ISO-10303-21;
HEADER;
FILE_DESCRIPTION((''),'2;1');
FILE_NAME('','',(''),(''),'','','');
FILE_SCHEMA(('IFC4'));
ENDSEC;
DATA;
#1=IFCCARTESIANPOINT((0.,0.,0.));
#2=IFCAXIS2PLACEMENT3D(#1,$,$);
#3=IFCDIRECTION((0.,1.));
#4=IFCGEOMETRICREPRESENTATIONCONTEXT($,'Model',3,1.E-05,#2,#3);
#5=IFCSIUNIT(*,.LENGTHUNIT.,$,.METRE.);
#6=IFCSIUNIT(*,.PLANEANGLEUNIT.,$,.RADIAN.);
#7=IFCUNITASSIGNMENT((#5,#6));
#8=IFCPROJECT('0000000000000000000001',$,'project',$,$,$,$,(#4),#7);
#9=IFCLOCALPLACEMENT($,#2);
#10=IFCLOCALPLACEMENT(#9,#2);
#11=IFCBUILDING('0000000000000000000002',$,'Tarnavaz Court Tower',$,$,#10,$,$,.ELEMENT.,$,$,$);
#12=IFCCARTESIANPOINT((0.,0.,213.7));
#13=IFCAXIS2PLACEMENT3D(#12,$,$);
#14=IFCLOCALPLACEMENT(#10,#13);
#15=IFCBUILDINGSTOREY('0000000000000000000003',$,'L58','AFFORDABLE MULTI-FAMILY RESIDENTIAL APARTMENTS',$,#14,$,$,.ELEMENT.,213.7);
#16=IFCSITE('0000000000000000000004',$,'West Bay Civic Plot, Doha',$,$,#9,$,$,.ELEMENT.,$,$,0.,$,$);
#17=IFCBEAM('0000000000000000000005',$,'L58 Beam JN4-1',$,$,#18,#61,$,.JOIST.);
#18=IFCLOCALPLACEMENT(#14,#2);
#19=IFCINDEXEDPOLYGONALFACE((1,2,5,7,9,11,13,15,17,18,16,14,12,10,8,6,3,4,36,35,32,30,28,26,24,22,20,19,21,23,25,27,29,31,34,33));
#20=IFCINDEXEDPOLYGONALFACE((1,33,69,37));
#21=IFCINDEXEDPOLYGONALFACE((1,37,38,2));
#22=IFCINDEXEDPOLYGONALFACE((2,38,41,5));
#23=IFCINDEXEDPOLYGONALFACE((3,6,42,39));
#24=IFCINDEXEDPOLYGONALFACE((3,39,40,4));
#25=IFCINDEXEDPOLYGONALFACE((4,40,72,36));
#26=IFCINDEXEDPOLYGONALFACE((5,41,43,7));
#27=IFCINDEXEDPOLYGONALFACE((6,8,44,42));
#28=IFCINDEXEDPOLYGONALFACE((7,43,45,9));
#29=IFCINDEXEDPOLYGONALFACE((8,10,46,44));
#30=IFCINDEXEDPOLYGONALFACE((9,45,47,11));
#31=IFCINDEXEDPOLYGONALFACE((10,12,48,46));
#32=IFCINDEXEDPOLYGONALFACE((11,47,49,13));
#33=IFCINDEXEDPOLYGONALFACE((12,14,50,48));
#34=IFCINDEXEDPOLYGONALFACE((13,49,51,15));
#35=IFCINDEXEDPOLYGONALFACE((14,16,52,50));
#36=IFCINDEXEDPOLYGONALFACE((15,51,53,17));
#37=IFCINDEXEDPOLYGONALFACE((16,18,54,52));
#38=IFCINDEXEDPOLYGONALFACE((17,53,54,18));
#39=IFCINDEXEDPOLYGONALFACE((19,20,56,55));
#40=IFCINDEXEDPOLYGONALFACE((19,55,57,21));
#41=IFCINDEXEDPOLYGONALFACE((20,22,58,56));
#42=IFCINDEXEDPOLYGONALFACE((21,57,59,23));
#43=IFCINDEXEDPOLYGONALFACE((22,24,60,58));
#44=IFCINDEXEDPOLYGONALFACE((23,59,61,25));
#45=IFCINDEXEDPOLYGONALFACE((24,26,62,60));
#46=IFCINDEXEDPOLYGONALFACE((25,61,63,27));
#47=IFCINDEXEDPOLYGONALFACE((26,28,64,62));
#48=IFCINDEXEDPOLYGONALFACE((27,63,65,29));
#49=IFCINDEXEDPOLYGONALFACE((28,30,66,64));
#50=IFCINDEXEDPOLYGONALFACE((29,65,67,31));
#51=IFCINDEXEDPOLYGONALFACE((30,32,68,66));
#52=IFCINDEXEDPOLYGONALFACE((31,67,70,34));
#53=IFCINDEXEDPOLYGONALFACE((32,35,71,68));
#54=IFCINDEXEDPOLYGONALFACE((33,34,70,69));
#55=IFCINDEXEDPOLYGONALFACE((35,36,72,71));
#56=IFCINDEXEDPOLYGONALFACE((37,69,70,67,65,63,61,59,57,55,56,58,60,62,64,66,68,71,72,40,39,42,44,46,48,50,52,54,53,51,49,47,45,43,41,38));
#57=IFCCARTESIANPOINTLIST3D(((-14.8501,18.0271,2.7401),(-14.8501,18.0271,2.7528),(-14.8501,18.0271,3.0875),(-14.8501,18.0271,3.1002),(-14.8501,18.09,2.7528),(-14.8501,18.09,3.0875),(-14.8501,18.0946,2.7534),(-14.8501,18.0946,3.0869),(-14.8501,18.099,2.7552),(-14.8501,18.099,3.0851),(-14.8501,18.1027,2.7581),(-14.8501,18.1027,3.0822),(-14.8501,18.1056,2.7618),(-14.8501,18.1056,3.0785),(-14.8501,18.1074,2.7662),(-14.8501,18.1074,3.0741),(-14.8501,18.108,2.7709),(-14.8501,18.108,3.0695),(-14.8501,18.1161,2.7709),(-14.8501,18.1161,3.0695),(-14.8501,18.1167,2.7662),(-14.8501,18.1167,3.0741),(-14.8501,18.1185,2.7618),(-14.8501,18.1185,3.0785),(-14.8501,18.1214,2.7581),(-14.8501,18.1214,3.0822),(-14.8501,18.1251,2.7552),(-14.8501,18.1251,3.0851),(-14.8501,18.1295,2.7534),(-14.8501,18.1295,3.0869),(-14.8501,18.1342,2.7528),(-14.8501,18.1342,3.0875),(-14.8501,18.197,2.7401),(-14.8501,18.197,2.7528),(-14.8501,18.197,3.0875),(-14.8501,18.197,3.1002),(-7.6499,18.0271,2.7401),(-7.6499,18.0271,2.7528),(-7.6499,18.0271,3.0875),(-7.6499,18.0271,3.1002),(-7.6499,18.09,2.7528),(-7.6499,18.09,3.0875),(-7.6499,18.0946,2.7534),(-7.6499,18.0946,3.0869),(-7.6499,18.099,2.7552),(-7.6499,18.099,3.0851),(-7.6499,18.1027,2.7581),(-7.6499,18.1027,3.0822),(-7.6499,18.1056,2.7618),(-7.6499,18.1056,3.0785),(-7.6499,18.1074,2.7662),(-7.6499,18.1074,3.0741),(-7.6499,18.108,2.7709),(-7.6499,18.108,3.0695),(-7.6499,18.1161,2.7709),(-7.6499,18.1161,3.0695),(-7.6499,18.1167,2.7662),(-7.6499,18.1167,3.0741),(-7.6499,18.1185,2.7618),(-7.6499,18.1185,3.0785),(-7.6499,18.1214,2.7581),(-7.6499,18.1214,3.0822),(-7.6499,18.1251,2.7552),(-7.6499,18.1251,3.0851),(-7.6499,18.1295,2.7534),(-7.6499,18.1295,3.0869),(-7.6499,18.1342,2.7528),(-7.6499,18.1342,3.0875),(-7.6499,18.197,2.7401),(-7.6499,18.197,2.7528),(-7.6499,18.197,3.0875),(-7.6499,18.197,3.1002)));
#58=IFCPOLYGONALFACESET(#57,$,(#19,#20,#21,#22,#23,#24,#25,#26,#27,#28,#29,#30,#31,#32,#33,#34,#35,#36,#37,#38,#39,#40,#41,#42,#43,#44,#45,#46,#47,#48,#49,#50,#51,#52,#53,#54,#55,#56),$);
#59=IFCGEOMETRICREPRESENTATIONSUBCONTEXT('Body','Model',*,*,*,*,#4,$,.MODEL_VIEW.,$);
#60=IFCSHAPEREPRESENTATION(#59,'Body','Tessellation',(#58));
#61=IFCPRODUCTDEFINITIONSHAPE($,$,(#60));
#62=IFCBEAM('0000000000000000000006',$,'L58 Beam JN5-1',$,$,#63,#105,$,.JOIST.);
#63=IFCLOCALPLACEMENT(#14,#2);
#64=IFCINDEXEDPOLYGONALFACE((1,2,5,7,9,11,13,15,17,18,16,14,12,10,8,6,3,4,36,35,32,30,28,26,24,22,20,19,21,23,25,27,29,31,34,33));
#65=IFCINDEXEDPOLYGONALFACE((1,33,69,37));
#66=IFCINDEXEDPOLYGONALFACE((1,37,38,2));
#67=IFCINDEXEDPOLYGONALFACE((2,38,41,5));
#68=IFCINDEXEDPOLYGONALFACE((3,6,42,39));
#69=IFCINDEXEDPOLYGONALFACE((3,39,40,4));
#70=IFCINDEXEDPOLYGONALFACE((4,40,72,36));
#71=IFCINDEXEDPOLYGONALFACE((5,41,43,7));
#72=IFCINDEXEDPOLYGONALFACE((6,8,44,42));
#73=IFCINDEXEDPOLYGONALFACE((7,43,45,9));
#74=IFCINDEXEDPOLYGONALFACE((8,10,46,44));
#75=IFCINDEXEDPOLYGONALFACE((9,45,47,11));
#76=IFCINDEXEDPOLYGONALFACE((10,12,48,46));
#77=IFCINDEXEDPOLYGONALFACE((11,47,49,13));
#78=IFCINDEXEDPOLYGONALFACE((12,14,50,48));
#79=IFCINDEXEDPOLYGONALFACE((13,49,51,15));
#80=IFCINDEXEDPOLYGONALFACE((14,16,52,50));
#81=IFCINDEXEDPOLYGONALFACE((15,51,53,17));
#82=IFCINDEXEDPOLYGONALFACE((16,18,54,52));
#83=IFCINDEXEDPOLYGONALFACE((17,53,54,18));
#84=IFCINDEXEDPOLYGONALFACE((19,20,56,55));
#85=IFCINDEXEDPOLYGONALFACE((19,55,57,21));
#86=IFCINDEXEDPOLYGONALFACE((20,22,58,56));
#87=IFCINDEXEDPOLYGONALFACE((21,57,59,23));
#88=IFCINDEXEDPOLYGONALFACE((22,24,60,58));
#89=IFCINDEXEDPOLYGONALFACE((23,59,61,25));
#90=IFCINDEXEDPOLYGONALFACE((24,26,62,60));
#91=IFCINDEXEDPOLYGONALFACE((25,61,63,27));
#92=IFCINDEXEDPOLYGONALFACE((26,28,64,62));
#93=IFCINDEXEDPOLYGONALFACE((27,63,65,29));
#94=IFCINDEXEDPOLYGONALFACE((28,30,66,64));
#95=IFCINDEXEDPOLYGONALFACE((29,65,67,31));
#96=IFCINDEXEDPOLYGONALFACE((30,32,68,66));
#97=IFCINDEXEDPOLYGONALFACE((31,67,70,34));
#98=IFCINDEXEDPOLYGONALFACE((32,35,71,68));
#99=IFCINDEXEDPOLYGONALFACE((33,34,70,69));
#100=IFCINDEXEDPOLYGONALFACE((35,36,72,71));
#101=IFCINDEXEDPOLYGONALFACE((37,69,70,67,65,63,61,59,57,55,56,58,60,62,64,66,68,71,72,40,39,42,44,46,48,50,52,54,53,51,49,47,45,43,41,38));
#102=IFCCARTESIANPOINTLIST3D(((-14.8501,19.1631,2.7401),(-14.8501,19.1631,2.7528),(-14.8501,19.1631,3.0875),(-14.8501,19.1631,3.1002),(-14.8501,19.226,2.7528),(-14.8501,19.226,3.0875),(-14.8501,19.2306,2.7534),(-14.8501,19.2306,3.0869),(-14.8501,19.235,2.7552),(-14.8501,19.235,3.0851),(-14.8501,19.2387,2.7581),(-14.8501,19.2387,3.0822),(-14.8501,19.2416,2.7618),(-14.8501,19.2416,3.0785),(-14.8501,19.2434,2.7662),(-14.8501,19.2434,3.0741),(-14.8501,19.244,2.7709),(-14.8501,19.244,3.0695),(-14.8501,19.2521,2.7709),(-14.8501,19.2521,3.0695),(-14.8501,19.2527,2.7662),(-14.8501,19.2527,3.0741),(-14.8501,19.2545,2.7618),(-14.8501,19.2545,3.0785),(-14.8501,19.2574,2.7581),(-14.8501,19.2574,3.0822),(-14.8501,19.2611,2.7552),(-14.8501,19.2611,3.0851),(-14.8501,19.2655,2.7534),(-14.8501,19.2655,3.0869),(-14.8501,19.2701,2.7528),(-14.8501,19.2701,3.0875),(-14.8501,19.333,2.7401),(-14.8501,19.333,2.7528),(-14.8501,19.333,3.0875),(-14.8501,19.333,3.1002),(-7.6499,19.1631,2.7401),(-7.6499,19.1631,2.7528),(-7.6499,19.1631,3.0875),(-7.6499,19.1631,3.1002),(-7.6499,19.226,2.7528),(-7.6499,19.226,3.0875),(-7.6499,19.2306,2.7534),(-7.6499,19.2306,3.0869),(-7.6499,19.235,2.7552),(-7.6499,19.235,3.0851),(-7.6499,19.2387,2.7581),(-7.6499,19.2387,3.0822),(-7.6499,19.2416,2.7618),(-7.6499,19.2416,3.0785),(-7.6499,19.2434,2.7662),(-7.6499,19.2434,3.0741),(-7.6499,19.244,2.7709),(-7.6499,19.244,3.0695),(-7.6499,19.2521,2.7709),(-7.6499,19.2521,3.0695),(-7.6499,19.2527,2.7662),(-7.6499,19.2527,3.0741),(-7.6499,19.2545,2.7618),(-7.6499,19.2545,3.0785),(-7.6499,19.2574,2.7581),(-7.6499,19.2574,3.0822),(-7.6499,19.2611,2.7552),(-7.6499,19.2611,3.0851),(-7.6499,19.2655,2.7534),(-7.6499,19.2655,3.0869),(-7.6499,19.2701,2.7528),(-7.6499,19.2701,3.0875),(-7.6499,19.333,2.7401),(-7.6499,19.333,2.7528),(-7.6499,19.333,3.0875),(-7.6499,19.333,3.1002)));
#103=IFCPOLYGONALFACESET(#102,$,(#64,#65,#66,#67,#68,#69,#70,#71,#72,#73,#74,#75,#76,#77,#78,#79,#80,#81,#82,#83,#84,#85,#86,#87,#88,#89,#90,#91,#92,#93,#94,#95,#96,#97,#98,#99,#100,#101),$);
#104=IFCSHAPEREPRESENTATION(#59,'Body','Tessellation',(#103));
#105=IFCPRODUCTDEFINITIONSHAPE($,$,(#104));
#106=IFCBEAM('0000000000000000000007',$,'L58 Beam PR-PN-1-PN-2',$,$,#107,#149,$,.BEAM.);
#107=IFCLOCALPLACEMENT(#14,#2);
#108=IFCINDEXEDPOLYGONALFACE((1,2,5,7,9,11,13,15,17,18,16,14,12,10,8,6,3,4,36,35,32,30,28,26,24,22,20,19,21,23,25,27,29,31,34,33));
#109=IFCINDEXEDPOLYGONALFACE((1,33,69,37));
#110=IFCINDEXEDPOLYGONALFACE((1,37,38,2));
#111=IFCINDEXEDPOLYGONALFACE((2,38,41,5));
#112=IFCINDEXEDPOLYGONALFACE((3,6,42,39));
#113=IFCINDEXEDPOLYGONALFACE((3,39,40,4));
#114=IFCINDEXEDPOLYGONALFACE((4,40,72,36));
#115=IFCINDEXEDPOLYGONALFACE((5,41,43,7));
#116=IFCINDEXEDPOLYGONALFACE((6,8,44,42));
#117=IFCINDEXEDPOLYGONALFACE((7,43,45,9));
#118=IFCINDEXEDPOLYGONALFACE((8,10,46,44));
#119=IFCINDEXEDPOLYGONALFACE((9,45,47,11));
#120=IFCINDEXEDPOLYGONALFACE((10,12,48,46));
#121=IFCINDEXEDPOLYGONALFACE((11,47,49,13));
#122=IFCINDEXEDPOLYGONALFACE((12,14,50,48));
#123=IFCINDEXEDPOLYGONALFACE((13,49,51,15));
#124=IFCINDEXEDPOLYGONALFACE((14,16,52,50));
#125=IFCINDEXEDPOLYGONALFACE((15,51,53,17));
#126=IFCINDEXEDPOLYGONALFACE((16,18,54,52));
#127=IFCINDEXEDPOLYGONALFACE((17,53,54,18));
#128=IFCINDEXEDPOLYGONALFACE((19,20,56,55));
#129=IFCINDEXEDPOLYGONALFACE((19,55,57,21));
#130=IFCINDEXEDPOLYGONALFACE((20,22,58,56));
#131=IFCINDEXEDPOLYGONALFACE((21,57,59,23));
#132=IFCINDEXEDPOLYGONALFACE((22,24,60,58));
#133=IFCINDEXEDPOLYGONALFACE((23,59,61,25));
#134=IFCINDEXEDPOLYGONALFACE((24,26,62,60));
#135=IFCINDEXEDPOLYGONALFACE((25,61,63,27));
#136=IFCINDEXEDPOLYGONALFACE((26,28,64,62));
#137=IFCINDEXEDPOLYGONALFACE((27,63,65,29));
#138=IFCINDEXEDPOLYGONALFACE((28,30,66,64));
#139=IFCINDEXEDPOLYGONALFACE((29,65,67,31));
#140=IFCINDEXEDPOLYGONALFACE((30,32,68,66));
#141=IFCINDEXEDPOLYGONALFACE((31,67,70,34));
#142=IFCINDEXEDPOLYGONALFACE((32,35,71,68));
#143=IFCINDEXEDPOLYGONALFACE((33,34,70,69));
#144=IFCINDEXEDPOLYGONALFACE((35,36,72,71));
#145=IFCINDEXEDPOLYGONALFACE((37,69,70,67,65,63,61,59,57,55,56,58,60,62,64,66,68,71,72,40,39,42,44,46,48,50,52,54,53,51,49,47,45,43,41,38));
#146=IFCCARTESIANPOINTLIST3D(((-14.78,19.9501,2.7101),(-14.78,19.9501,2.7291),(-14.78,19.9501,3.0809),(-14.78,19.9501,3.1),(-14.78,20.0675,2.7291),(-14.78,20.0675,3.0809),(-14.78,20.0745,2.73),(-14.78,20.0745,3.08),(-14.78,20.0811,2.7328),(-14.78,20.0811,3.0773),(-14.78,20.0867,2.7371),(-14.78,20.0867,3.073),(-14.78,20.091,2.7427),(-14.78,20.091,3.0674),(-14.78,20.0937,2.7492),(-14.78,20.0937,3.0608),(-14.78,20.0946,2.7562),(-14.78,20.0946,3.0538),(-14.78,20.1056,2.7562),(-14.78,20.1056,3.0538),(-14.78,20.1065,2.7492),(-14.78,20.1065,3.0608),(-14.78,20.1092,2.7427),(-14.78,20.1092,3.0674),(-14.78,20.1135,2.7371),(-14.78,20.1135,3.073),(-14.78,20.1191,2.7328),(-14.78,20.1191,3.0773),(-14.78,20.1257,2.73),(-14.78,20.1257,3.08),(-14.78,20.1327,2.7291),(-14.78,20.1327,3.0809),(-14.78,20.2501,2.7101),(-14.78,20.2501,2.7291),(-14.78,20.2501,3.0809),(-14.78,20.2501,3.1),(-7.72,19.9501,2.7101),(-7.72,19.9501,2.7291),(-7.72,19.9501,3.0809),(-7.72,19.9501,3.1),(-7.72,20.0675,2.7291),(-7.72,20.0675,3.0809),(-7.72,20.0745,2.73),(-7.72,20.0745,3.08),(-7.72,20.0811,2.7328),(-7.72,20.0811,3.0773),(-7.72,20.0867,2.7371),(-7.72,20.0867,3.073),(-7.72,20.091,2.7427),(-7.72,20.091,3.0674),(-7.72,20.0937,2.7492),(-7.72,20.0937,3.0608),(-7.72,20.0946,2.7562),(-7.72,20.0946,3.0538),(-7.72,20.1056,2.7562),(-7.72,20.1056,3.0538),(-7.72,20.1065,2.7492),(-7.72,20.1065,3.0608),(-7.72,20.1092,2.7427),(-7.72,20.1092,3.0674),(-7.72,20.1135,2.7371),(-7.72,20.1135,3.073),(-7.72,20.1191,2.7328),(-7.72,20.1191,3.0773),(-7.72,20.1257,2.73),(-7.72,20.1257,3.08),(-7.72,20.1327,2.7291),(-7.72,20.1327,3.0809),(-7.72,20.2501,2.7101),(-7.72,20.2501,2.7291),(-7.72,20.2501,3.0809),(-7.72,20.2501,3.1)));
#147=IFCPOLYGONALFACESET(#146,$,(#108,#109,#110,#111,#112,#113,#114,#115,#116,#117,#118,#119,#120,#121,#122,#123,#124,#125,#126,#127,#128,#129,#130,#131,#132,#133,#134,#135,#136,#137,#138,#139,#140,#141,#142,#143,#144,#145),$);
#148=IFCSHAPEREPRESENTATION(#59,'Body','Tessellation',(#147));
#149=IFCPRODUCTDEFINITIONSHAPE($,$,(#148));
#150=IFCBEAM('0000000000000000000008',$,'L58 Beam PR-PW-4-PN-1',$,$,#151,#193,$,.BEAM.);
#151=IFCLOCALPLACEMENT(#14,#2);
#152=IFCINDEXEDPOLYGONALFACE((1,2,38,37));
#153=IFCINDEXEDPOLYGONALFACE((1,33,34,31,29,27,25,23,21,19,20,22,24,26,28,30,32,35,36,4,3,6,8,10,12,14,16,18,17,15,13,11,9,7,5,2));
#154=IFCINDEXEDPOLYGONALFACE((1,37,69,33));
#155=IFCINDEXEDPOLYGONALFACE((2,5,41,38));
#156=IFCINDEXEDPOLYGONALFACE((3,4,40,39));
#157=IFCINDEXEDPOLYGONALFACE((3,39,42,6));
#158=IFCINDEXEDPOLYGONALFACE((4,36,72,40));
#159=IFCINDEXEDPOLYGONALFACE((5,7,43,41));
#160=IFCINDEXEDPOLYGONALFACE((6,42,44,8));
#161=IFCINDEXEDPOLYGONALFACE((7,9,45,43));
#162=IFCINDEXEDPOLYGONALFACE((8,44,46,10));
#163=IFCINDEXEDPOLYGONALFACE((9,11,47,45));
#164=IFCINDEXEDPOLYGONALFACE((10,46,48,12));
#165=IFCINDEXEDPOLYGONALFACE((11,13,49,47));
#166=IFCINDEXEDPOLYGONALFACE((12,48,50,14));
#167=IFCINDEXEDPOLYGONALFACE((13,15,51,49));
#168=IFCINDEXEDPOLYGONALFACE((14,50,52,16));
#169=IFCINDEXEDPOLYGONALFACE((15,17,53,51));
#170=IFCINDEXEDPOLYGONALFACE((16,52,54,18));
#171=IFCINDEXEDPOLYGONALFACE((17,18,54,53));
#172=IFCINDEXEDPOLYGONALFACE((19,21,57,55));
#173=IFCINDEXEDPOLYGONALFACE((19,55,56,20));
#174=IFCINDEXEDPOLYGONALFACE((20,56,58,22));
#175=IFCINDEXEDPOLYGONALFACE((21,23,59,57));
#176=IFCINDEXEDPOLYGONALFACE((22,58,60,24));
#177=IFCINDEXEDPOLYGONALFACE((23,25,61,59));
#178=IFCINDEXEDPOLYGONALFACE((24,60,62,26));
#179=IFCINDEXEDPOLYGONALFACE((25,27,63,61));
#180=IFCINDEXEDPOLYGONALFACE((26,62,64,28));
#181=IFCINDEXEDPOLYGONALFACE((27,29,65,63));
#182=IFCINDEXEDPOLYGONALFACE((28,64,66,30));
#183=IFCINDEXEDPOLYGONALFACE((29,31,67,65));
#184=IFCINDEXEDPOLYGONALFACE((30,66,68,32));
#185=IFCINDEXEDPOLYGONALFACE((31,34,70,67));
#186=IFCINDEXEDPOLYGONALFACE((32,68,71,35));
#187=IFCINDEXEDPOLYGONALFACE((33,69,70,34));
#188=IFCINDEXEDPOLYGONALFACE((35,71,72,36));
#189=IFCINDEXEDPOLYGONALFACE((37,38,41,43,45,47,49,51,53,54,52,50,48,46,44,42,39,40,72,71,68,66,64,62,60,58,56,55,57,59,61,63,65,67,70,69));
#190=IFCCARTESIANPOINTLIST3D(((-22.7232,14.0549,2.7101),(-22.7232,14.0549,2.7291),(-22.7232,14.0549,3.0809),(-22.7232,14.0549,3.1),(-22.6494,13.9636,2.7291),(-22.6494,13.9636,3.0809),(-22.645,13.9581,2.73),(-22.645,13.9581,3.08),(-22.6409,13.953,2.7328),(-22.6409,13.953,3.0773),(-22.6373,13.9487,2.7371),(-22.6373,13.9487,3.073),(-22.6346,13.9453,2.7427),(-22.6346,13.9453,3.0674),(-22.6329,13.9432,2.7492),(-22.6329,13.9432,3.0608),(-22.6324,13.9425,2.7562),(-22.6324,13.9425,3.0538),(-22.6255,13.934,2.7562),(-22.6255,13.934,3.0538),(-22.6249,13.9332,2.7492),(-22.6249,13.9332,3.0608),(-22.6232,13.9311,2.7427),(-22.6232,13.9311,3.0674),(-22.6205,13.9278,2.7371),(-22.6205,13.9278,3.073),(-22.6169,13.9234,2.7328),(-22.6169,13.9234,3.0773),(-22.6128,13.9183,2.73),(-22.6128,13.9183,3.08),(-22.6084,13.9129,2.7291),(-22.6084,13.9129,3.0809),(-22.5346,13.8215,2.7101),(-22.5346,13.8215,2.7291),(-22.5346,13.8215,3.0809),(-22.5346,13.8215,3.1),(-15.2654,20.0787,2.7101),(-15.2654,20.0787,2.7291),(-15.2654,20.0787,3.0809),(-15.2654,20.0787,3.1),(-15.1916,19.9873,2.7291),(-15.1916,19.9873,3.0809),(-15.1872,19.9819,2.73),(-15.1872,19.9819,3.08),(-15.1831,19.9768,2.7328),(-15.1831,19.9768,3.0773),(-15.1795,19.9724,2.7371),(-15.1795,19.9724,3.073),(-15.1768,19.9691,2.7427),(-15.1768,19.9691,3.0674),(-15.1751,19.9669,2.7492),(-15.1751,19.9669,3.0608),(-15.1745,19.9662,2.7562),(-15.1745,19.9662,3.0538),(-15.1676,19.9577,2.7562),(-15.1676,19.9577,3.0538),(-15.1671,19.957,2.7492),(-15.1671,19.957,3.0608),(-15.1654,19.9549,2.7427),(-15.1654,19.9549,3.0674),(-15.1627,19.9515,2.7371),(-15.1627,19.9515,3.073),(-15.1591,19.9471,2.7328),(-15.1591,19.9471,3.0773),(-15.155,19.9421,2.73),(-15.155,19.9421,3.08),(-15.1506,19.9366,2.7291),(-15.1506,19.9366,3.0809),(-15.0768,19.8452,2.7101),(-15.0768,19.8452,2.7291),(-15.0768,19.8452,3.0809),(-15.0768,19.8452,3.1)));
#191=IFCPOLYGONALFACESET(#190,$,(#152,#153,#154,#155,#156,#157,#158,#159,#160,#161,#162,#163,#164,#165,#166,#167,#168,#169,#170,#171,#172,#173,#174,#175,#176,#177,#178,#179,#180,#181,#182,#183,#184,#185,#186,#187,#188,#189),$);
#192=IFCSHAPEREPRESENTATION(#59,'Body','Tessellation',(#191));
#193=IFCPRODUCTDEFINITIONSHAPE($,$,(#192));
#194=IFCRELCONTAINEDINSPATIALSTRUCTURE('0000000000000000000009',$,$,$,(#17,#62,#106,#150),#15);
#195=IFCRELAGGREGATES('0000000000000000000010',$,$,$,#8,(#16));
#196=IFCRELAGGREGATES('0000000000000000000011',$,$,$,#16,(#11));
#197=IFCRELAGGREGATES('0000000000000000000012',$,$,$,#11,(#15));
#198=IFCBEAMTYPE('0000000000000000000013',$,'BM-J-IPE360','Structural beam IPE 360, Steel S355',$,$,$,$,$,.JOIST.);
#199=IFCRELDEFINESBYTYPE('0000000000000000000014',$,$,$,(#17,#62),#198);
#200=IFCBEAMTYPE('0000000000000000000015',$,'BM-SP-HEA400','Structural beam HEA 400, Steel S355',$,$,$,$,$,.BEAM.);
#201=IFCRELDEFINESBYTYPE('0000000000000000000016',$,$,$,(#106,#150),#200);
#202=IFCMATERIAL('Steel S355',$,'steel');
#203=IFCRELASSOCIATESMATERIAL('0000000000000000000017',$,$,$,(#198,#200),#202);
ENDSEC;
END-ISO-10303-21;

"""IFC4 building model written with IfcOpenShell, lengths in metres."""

from ifc_helpers import new_model, si_unit, direction, frame, origin, origin_2d, place, context, subcontext, project, spatial, i_section, extrude, material, material_profile, profile_set, type_object, element, save


model = new_model("IFC4")

# Units and contexts
model_context = context("Model", 3, precision=1e-05, world=origin(), true_north=direction((0.0, 1.0)))
body_context = subcontext(model_context, "Body", "Model", "MODEL_VIEW")
ifc_project = project(units=[si_unit("LENGTHUNIT", "METRE"), si_unit("PLANEANGLEUNIT", "RADIAN")], contexts=[model_context])

# Site, building, storey
site_placement = place(None, origin())
site = spatial("IfcSite", under=ifc_project, at=site_placement, Name="West Bay Civic Plot, Doha", CompositionType="ELEMENT", RefElevation=0.0)
building_placement = place(site_placement, origin())
building = spatial("IfcBuilding", under=site, at=building_placement, Name="Tarnavaz Court Tower", CompositionType="ELEMENT")
storey_placement = place(building_placement, frame((0.0, 0.0, 213.7)))
storey = spatial("IfcBuildingStorey", under=building, at=storey_placement, Name="L58", Description="AFFORDABLE MULTI-FAMILY RESIDENTIAL APARTMENTS", CompositionType="ELEMENT", Elevation=213.7)

# Beams
ifc_material_1 = material(Name="Steel S355", Category="steel")
ifc_material_profile_1 = material_profile(ifc_material_1, i_section(OverallWidth=0.1699, OverallDepth=0.3601, WebThickness=0.0081, FlangeThickness=0.0127, FilletRadius=0.0181, at=origin_2d()), Name="IPE 360")
ifc_profile_set_1 = profile_set([ifc_material_profile_1], Name="Steel S355")
beam_type_1 = type_object("IfcBeamType", Name="BM-J-IPE360", Description="Structural beam IPE 360, Steel S355", PredefinedType="JOIST", material=ifc_profile_set_1)
for number, where, z_axis, x_axis, name in (
    (1, (-14.8501, 18.1121, 2.9202), (1.0, 0.0, 0.0), (0.0, 1.0, 0.0), "L58 Beam JN4-1"),
    (2, (-14.8501, 19.248, 2.9202), (1.0, 0.0, 0.0), (0.0, 1.0, 0.0), "L58 Beam JN5-1"),
):
    element("IfcBeam", number, at=place(storey_placement, frame(where, z_axis=z_axis, x_axis=x_axis)), inside=storey, type_object=beam_type_1, Name=name, PredefinedType="JOIST", context=body_context, shape_type="SweptSolid", body=[
        extrude(i_section(OverallWidth=0.1699, OverallDepth=0.3601, WebThickness=0.0081, FlangeThickness=0.0127, FilletRadius=0.0181, at=origin_2d()), origin(), (0.0, 0.0, 1.0), 7.2002),
    ])
ifc_material_profile_2 = material_profile(ifc_material_1, i_section(OverallWidth=0.3, OverallDepth=0.3899, WebThickness=0.011, FlangeThickness=0.019, FilletRadius=0.0271, at=origin_2d()), Name="HEA 400")
ifc_profile_set_2 = profile_set([ifc_material_profile_2], Name="Steel S355")
beam_type_2 = type_object("IfcBeamType", Name="BM-SP-HEA400", Description="Structural beam HEA 400, Steel S355", PredefinedType="BEAM", material=ifc_profile_set_2)
beam_1_placement = place(storey_placement, frame((-14.78, 20.1001, 2.905), z_axis=(1.0, 0.0, 0.0), x_axis=(0.0, 1.0, 0.0)))
element("IfcBeam", 3, at=beam_1_placement, inside=storey, type_object=beam_type_2, Name="L58 Beam PR-PN-1-PN-2", PredefinedType="BEAM", context=body_context, shape_type="SweptSolid", body=[
    extrude(i_section(OverallWidth=0.3, OverallDepth=0.3899, WebThickness=0.011, FlangeThickness=0.019, FilletRadius=0.0271, at=origin_2d()), origin(), (0.0, 0.0, 1.0), 7.0601),
])
beam_2_placement = place(storey_placement, frame((-22.6289, 13.9382, 2.905), z_axis=(0.777936, 0.628344, 0.0), x_axis=(-0.628344, 0.777936, 0.0)))
element("IfcBeam", 4, at=beam_2_placement, inside=storey, type_object=beam_type_2, Name="L58 Beam PR-PW-4-PN-1", PredefinedType="BEAM", context=body_context, shape_type="SweptSolid", body=[
    extrude(i_section(OverallWidth=0.3, OverallDepth=0.3899, WebThickness=0.011, FlangeThickness=0.019, FilletRadius=0.0271, at=origin_2d()), origin(), (0.0, 0.0, 1.0), 9.5867),
])

save(model, "model.ifc")
